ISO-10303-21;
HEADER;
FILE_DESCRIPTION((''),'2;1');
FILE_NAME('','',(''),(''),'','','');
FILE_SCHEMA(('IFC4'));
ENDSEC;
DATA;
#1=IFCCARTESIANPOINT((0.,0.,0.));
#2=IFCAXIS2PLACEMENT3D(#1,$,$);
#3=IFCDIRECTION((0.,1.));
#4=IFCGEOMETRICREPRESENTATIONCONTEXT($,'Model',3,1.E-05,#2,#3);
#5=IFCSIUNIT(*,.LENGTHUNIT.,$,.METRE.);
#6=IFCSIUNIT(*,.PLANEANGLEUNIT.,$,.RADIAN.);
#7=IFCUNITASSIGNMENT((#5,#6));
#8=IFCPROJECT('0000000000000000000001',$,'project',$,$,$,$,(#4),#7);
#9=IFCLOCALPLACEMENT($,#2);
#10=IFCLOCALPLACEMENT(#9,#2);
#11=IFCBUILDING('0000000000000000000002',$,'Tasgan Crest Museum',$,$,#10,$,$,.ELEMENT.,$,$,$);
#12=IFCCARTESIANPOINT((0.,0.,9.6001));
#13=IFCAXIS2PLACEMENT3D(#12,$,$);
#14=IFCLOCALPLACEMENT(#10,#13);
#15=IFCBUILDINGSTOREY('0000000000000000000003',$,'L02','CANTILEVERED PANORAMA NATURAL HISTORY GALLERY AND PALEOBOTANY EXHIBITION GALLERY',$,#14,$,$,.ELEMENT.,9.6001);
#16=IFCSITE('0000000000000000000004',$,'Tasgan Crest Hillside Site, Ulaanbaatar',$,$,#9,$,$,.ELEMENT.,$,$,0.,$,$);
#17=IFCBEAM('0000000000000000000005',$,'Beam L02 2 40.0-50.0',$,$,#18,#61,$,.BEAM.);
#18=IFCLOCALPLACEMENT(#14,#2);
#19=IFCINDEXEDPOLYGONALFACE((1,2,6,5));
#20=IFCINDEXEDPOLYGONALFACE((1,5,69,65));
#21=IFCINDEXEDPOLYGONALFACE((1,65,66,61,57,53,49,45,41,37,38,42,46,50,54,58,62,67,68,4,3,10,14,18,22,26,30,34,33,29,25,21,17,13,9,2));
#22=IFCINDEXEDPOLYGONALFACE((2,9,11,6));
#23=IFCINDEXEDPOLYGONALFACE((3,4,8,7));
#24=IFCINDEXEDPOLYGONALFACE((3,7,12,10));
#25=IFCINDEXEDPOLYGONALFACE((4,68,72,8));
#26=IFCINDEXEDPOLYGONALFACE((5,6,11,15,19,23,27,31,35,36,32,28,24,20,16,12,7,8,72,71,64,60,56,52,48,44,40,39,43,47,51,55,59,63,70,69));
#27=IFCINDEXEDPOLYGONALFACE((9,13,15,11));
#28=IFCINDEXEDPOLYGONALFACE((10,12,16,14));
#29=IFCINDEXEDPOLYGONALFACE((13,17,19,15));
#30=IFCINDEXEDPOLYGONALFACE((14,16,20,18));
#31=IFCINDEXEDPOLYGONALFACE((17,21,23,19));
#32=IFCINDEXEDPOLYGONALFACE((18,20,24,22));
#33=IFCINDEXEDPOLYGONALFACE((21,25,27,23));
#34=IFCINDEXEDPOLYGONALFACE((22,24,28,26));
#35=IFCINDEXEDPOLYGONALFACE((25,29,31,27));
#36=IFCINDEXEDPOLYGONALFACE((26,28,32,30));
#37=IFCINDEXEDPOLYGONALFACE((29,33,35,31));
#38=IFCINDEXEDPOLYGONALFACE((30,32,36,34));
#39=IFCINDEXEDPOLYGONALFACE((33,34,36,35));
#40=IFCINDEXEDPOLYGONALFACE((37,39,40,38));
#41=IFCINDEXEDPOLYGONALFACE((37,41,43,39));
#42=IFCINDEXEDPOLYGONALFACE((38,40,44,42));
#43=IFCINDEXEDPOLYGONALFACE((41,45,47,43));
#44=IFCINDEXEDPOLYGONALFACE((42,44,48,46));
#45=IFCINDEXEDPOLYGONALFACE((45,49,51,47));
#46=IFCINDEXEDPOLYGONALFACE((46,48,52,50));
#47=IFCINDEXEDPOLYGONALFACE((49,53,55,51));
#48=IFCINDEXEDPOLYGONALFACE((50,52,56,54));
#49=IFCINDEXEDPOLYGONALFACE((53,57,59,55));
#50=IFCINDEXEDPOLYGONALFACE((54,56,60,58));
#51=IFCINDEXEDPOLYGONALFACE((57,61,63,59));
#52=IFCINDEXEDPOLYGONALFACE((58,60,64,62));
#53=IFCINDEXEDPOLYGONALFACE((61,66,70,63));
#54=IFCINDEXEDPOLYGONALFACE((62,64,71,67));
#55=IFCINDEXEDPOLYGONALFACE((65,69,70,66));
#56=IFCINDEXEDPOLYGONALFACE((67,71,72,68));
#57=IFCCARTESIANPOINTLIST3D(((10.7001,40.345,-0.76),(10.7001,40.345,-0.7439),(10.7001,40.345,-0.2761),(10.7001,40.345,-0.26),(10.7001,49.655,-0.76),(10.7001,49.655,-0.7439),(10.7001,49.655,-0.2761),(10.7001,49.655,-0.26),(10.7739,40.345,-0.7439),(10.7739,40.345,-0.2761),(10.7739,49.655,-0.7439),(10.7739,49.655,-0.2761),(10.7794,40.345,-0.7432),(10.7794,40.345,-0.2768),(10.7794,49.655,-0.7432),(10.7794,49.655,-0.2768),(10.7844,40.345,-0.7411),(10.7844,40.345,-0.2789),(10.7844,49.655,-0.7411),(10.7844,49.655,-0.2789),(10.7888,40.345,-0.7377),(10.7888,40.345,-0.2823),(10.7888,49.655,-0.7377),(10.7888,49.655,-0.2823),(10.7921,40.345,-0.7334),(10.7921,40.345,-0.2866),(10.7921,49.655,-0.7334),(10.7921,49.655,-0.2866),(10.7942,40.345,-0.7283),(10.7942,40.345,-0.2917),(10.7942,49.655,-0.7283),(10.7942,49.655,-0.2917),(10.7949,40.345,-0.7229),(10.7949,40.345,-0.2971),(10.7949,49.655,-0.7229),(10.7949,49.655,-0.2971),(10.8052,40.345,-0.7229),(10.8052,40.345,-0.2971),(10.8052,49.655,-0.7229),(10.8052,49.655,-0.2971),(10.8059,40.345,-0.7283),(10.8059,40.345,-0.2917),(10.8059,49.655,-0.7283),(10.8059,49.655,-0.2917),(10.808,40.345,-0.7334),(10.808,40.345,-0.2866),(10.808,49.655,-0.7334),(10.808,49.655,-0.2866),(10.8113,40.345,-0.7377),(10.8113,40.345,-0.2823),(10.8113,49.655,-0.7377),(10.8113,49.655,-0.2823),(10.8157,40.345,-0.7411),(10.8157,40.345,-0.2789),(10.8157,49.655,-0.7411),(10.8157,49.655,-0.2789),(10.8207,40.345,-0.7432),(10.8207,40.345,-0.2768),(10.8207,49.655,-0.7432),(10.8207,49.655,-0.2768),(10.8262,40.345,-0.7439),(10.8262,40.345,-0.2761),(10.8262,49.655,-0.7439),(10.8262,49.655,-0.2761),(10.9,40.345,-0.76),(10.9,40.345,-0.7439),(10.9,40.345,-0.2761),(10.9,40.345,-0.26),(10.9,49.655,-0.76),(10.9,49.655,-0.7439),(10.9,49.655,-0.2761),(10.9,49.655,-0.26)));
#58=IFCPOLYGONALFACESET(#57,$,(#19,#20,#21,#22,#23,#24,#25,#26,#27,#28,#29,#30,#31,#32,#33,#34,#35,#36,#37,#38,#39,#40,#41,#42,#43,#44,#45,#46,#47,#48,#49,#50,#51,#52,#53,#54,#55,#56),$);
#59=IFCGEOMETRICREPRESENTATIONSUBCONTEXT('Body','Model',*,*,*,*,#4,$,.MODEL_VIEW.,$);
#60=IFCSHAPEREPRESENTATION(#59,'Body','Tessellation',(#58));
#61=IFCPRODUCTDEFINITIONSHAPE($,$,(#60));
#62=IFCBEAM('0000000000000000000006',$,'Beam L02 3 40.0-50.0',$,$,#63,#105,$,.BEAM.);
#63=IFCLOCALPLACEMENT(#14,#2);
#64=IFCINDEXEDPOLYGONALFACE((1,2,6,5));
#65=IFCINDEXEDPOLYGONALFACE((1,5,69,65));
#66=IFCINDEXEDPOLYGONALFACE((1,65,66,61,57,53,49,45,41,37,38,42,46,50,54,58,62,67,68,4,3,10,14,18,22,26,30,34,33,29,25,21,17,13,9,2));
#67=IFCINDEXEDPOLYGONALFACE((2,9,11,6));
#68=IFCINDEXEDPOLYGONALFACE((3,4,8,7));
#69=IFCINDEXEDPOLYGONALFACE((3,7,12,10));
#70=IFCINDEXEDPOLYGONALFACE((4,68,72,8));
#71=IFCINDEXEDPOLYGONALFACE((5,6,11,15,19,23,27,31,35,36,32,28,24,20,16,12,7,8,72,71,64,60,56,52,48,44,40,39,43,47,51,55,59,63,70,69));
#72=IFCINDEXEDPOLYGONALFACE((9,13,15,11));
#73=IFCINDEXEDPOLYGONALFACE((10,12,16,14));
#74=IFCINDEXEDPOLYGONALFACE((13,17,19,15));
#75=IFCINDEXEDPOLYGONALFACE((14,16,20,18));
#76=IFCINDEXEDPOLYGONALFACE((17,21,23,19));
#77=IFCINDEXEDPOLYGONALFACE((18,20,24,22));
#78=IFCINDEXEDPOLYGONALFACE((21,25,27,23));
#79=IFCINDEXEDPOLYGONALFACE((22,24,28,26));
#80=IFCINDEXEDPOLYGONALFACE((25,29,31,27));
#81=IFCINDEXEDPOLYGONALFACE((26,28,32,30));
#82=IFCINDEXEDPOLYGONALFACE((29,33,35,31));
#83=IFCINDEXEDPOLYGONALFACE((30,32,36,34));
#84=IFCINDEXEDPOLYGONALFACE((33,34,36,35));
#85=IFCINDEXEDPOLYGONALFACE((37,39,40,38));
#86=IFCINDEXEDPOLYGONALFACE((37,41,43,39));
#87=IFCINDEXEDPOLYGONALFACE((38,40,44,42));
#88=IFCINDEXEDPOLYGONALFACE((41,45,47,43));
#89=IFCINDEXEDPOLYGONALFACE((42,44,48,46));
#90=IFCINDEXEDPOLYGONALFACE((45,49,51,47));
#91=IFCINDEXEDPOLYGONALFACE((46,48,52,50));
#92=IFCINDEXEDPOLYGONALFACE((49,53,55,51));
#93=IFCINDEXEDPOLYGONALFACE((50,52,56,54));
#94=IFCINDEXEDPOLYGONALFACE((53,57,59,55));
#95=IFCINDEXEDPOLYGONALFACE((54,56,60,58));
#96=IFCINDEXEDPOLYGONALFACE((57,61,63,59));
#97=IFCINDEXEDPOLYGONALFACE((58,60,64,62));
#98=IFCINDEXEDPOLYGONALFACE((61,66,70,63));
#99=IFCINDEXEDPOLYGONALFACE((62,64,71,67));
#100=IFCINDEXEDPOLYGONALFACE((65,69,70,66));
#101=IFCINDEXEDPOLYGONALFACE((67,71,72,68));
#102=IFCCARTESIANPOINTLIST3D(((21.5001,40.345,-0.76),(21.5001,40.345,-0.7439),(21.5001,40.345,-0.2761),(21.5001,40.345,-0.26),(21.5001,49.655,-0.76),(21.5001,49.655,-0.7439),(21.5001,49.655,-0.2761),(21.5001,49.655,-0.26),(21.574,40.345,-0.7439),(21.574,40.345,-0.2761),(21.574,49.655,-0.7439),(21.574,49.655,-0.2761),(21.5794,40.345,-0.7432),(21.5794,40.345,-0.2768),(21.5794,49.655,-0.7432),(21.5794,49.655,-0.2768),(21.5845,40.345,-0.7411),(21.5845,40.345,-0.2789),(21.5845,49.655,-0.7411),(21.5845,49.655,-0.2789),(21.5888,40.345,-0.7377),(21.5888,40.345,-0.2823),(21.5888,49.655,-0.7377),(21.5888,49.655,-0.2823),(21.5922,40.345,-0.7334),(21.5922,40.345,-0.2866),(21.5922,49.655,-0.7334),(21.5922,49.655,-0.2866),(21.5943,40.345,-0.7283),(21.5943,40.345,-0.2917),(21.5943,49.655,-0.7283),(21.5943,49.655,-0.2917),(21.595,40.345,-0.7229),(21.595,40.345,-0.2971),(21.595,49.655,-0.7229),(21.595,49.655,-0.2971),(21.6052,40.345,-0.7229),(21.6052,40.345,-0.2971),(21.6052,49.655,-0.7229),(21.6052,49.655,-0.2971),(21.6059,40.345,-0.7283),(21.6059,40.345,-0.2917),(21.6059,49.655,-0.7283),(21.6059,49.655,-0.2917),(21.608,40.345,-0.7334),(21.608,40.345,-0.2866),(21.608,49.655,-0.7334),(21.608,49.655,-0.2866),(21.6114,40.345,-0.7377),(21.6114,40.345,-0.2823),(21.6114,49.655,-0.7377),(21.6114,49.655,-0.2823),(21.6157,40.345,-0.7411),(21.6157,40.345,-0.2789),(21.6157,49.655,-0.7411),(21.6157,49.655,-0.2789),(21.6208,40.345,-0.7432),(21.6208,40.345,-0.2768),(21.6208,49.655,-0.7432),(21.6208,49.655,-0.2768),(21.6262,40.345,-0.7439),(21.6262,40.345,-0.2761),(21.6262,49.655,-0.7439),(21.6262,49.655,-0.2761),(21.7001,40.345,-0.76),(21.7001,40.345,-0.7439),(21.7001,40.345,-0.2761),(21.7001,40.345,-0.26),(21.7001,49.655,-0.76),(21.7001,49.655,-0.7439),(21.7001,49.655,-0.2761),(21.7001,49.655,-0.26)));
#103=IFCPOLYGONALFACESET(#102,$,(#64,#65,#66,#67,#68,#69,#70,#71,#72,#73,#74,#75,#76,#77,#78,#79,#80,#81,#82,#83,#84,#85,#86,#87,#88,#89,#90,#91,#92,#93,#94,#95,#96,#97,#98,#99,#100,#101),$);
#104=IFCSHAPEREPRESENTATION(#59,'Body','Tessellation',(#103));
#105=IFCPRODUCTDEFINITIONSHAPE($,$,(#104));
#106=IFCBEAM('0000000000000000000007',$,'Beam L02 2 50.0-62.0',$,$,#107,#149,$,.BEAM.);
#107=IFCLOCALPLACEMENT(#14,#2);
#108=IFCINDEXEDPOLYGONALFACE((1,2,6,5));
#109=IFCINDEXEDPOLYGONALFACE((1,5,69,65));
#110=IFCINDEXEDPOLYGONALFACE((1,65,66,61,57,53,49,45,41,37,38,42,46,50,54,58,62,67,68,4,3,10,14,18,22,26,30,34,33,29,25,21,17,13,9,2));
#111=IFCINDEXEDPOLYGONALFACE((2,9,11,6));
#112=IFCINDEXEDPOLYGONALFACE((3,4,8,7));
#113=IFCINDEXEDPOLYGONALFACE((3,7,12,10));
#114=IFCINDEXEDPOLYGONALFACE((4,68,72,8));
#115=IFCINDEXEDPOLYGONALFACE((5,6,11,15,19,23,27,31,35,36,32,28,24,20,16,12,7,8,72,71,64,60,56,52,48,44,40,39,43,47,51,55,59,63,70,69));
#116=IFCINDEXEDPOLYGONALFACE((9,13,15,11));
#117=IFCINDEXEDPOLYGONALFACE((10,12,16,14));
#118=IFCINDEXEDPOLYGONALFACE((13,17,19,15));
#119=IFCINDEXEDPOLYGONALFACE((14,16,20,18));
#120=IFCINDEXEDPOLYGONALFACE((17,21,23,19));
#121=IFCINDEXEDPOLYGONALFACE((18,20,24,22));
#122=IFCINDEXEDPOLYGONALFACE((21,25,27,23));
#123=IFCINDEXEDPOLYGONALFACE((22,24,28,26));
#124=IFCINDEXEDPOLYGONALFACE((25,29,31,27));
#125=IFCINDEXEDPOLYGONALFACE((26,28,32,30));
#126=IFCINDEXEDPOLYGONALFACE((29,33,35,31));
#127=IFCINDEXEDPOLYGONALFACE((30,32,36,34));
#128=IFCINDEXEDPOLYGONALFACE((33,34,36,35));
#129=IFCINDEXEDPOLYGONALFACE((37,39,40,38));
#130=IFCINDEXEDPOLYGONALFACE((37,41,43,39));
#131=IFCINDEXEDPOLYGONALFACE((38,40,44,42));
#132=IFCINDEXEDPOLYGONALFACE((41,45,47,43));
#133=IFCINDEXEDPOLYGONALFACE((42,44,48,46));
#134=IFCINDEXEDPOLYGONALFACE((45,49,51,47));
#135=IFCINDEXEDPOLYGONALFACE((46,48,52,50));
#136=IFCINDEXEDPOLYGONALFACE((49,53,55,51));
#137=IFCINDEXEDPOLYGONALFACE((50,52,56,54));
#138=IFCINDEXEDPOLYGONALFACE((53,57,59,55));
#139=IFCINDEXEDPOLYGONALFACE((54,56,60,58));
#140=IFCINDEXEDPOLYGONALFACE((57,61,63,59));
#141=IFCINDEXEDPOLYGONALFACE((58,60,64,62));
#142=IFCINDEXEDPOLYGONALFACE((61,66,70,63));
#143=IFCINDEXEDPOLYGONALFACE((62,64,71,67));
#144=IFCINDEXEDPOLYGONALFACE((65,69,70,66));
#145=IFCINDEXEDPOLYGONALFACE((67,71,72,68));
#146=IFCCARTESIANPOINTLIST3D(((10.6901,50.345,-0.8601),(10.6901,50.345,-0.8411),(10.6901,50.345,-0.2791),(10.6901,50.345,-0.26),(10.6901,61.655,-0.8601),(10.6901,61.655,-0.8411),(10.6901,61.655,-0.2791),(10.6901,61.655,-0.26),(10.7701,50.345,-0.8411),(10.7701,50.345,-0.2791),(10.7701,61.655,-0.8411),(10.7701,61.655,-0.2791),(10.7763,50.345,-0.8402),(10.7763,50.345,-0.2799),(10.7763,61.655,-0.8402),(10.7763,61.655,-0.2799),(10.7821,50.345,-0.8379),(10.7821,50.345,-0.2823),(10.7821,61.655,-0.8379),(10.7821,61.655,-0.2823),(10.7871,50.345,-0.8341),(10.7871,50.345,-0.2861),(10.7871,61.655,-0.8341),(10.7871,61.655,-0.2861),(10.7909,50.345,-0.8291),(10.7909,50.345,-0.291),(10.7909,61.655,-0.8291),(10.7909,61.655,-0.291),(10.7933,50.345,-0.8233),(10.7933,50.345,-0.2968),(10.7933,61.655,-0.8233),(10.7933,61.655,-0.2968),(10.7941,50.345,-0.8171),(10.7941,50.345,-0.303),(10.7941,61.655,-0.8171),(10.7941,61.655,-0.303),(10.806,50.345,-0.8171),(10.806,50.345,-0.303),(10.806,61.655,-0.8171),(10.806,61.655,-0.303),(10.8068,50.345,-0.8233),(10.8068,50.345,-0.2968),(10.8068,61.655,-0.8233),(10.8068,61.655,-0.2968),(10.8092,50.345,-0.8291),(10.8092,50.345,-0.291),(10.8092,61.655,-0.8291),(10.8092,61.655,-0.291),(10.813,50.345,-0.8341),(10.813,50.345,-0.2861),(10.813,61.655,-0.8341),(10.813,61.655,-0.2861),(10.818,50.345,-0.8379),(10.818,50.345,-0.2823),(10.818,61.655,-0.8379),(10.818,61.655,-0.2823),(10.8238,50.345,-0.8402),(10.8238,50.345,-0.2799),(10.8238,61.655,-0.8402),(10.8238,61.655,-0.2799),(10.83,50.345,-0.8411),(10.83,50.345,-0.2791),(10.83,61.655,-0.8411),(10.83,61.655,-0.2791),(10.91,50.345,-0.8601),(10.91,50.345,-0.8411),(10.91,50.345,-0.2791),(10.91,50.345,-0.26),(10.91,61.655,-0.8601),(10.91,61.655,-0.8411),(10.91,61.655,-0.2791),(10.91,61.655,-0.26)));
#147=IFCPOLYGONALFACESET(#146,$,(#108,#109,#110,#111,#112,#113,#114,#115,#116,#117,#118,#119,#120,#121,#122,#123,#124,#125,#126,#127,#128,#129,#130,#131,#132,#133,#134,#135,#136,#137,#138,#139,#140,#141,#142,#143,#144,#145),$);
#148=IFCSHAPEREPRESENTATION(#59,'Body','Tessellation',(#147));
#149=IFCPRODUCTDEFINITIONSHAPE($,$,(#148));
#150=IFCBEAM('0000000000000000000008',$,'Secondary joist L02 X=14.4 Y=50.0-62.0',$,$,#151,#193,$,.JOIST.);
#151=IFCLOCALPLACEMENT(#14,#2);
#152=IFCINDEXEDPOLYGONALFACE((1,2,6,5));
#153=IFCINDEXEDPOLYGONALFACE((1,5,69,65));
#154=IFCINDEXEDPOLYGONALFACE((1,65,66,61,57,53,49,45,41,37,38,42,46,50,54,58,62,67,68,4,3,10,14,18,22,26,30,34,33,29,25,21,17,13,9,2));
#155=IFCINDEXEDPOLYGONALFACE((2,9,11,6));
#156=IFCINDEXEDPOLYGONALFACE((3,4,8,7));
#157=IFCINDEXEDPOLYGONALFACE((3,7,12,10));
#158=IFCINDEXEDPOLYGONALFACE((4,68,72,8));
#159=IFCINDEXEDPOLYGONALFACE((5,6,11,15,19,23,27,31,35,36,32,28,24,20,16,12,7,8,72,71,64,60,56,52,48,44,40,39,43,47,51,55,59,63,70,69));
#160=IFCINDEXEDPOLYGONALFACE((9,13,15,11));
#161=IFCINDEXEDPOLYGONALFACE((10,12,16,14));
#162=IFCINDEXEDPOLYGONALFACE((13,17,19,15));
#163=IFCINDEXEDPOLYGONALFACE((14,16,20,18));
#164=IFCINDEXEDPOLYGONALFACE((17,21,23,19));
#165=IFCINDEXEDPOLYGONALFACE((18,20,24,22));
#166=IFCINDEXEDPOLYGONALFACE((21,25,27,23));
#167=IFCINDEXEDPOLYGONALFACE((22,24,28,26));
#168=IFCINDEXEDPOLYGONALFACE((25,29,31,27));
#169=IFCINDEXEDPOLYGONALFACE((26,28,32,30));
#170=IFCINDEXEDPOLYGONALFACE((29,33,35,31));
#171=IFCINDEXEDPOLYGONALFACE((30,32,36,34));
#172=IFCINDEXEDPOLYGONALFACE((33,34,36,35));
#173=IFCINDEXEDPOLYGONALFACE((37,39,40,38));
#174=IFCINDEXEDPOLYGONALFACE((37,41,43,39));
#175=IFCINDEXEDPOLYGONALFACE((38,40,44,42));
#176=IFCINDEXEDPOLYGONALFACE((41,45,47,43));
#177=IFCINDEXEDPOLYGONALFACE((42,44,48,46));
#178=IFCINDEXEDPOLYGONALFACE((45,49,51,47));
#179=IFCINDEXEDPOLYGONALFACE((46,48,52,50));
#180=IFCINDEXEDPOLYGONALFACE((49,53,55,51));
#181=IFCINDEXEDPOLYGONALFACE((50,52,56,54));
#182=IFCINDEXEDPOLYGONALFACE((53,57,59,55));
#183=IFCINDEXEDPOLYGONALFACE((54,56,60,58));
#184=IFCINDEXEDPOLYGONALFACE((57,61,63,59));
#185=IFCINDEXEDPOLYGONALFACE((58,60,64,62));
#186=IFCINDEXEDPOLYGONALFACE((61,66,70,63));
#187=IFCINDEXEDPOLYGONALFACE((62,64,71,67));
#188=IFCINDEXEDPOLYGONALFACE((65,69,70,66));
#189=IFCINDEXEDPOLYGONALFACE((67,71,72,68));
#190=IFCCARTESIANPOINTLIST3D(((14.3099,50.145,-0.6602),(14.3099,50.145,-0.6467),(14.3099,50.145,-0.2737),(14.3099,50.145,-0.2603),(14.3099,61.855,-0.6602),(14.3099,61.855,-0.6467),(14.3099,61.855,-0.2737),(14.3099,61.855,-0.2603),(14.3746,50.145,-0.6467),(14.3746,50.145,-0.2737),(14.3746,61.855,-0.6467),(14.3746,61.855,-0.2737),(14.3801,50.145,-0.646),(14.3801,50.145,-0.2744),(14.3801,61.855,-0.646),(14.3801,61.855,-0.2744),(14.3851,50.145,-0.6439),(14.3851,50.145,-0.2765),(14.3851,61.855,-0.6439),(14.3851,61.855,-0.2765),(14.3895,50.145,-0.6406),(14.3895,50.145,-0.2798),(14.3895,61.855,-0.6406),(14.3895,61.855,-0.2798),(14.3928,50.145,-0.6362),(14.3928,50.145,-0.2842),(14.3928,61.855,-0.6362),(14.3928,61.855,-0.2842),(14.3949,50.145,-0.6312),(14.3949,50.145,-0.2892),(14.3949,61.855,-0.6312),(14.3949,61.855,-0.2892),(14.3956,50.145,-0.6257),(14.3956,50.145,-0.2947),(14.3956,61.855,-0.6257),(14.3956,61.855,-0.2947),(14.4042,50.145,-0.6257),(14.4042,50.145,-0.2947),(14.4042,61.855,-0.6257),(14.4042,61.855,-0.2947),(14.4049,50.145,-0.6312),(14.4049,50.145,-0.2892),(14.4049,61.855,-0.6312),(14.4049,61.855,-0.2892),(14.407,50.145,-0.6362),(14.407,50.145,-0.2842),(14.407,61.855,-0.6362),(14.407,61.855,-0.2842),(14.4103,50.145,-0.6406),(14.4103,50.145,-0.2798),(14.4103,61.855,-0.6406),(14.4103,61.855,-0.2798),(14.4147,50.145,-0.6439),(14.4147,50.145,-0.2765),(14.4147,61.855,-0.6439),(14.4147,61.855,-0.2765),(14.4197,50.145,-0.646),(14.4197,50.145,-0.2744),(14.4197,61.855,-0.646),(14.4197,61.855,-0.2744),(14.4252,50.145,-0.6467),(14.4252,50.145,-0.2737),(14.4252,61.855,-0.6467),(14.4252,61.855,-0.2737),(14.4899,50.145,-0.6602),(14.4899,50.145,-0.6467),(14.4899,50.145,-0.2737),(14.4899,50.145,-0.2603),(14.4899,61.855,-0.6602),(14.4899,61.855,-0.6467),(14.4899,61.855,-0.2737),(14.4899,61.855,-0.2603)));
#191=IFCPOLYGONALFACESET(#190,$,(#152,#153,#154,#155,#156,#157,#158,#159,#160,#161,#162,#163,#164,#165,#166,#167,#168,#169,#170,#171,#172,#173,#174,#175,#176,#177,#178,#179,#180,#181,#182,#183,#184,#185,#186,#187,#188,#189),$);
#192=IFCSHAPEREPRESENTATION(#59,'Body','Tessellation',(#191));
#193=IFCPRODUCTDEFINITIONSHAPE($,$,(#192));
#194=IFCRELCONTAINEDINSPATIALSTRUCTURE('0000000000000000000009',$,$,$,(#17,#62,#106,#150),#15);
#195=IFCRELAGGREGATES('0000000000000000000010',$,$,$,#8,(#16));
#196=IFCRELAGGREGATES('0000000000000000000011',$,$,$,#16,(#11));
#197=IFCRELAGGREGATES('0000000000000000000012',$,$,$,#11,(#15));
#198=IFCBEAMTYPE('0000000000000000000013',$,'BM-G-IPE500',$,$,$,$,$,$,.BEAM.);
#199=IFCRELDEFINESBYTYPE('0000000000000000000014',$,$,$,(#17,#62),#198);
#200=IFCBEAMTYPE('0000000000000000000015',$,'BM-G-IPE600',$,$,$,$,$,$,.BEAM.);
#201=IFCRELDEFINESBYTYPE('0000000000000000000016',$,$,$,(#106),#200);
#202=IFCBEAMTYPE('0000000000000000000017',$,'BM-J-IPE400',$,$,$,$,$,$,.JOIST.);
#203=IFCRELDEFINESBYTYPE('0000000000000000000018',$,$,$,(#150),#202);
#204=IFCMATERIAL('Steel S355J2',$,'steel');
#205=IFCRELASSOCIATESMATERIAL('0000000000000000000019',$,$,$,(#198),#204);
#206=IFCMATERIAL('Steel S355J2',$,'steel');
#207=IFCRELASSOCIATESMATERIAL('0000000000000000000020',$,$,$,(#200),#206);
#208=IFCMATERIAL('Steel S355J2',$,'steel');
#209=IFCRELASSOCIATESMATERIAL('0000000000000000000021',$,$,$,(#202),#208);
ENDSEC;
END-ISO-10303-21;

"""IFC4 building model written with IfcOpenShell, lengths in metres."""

from ifc_helpers import new_model, si_unit, direction, frame, origin, origin_2d, place, context, subcontext, project, spatial, i_section, extrude, material, material_profile, profile_set, type_object, element, save


model = new_model("IFC4")

# Units and contexts
model_context = context("Model", 3, precision=1e-05, world=origin(), true_north=direction((0.0, 1.0)))
body_context = subcontext(model_context, "Body", "Model", "MODEL_VIEW")
ifc_project = project(units=[si_unit("LENGTHUNIT", "METRE"), si_unit("PLANEANGLEUNIT", "RADIAN")], contexts=[model_context])

# Site, building, storey
site_placement = place(None, origin())
site = spatial("IfcSite", under=ifc_project, at=site_placement, Name="Tasgan Crest Hillside Site, Ulaanbaatar", CompositionType="ELEMENT", RefElevation=0.0)
building_placement = place(site_placement, origin())
building = spatial("IfcBuilding", under=site, at=building_placement, Name="Tasgan Crest Museum", CompositionType="ELEMENT")
storey_placement = place(building_placement, frame((0.0, 0.0, 9.6001)))
storey = spatial("IfcBuildingStorey", under=building, at=storey_placement, Name="L02", Description="CANTILEVERED PANORAMA NATURAL HISTORY GALLERY AND PALEOBOTANY EXHIBITION GALLERY", CompositionType="ELEMENT", Elevation=9.6001)

# Beams
ifc_material_1 = material(Name="Steel S355J2", Category="steel")
ifc_material_profile_1 = material_profile(ifc_material_1, i_section(OverallWidth=0.2, OverallDepth=0.5, WebThickness=0.0103, FlangeThickness=0.0161, FilletRadius=0.021, at=origin_2d()), Name="IPE 500")
ifc_profile_set_1 = profile_set([ifc_material_profile_1], Name="Steel S355J2")
beam_type_1 = type_object("IfcBeamType", Name="BM-G-IPE500", PredefinedType="BEAM", material=ifc_profile_set_1)
for number, where, z_axis, x_axis, name in (
    (1, (10.8, 40.345, -0.51), (0.0, 1.0, 0.0), (-1.0, 0.0, 0.0), "Beam L02 2 40.0-50.0"),
    (2, (21.6001, 40.345, -0.51), (0.0, 1.0, 0.0), (-1.0, 0.0, 0.0), "Beam L02 3 40.0-50.0"),
):
    element("IfcBeam", number, at=place(storey_placement, frame(where, z_axis=z_axis, x_axis=x_axis)), inside=storey, type_object=beam_type_1, Name=name, PredefinedType="BEAM", context=body_context, shape_type="SweptSolid", body=[
        extrude(i_section(OverallWidth=0.2, OverallDepth=0.5, WebThickness=0.0103, FlangeThickness=0.0161, FilletRadius=0.021, at=origin_2d()), origin(), (0.0, 0.0, 1.0), 9.3101),
    ])
ifc_material_2 = material(Name="Steel S355J2", Category="steel")
ifc_material_profile_2 = material_profile(ifc_material_2, i_section(OverallWidth=0.22, OverallDepth=0.6001, WebThickness=0.012, FlangeThickness=0.019, FilletRadius=0.0239, at=origin_2d()), Name="IPE 600")
ifc_profile_set_2 = profile_set([ifc_material_profile_2], Name="Steel S355J2")
beam_type_2 = type_object("IfcBeamType", Name="BM-G-IPE600", PredefinedType="BEAM", material=ifc_profile_set_2)
beam_placement = place(storey_placement, frame((10.8, 50.345, -0.5601), z_axis=(0.0, 1.0, 0.0), x_axis=(-1.0, 0.0, 0.0)))
element("IfcBeam", 3, at=beam_placement, inside=storey, type_object=beam_type_2, Name="Beam L02 2 50.0-62.0", PredefinedType="BEAM", context=body_context, shape_type="SweptSolid", body=[
    extrude(i_section(OverallWidth=0.22, OverallDepth=0.6001, WebThickness=0.012, FlangeThickness=0.019, FilletRadius=0.0239, at=origin_2d()), origin(), (0.0, 0.0, 1.0), 11.3101),
])
ifc_material_3 = material(Name="Steel S355J2", Category="steel")
ifc_material_profile_3 = material_profile(ifc_material_3, i_section(OverallWidth=0.1799, OverallDepth=0.3999, WebThickness=0.0085, FlangeThickness=0.0134, FilletRadius=0.021, at=origin_2d()), Name="IPE 400")
ifc_profile_set_3 = profile_set([ifc_material_profile_3], Name="Steel S355J2")
beam_type_3 = type_object("IfcBeamType", Name="BM-J-IPE400", PredefinedType="JOIST", material=ifc_profile_set_3)
for number, where, z_axis, x_axis, name in (
    (4, (14.3999, 50.145, -0.4602), (0.0, 1.0, 0.0), (-1.0, 0.0, 0.0), "Secondary joist L02 X=14.4 Y=50.0-62.0"),
):
    element("IfcBeam", number, at=place(storey_placement, frame(where, z_axis=z_axis, x_axis=x_axis)), inside=storey, type_object=beam_type_3, Name=name, PredefinedType="JOIST", context=body_context, shape_type="SweptSolid", body=[
        extrude(i_section(OverallWidth=0.1799, OverallDepth=0.3999, WebThickness=0.0085, FlangeThickness=0.0134, FilletRadius=0.021, at=origin_2d()), origin(), (0.0, 0.0, 1.0), 11.71),
    ])

save(model, "model.ifc")
